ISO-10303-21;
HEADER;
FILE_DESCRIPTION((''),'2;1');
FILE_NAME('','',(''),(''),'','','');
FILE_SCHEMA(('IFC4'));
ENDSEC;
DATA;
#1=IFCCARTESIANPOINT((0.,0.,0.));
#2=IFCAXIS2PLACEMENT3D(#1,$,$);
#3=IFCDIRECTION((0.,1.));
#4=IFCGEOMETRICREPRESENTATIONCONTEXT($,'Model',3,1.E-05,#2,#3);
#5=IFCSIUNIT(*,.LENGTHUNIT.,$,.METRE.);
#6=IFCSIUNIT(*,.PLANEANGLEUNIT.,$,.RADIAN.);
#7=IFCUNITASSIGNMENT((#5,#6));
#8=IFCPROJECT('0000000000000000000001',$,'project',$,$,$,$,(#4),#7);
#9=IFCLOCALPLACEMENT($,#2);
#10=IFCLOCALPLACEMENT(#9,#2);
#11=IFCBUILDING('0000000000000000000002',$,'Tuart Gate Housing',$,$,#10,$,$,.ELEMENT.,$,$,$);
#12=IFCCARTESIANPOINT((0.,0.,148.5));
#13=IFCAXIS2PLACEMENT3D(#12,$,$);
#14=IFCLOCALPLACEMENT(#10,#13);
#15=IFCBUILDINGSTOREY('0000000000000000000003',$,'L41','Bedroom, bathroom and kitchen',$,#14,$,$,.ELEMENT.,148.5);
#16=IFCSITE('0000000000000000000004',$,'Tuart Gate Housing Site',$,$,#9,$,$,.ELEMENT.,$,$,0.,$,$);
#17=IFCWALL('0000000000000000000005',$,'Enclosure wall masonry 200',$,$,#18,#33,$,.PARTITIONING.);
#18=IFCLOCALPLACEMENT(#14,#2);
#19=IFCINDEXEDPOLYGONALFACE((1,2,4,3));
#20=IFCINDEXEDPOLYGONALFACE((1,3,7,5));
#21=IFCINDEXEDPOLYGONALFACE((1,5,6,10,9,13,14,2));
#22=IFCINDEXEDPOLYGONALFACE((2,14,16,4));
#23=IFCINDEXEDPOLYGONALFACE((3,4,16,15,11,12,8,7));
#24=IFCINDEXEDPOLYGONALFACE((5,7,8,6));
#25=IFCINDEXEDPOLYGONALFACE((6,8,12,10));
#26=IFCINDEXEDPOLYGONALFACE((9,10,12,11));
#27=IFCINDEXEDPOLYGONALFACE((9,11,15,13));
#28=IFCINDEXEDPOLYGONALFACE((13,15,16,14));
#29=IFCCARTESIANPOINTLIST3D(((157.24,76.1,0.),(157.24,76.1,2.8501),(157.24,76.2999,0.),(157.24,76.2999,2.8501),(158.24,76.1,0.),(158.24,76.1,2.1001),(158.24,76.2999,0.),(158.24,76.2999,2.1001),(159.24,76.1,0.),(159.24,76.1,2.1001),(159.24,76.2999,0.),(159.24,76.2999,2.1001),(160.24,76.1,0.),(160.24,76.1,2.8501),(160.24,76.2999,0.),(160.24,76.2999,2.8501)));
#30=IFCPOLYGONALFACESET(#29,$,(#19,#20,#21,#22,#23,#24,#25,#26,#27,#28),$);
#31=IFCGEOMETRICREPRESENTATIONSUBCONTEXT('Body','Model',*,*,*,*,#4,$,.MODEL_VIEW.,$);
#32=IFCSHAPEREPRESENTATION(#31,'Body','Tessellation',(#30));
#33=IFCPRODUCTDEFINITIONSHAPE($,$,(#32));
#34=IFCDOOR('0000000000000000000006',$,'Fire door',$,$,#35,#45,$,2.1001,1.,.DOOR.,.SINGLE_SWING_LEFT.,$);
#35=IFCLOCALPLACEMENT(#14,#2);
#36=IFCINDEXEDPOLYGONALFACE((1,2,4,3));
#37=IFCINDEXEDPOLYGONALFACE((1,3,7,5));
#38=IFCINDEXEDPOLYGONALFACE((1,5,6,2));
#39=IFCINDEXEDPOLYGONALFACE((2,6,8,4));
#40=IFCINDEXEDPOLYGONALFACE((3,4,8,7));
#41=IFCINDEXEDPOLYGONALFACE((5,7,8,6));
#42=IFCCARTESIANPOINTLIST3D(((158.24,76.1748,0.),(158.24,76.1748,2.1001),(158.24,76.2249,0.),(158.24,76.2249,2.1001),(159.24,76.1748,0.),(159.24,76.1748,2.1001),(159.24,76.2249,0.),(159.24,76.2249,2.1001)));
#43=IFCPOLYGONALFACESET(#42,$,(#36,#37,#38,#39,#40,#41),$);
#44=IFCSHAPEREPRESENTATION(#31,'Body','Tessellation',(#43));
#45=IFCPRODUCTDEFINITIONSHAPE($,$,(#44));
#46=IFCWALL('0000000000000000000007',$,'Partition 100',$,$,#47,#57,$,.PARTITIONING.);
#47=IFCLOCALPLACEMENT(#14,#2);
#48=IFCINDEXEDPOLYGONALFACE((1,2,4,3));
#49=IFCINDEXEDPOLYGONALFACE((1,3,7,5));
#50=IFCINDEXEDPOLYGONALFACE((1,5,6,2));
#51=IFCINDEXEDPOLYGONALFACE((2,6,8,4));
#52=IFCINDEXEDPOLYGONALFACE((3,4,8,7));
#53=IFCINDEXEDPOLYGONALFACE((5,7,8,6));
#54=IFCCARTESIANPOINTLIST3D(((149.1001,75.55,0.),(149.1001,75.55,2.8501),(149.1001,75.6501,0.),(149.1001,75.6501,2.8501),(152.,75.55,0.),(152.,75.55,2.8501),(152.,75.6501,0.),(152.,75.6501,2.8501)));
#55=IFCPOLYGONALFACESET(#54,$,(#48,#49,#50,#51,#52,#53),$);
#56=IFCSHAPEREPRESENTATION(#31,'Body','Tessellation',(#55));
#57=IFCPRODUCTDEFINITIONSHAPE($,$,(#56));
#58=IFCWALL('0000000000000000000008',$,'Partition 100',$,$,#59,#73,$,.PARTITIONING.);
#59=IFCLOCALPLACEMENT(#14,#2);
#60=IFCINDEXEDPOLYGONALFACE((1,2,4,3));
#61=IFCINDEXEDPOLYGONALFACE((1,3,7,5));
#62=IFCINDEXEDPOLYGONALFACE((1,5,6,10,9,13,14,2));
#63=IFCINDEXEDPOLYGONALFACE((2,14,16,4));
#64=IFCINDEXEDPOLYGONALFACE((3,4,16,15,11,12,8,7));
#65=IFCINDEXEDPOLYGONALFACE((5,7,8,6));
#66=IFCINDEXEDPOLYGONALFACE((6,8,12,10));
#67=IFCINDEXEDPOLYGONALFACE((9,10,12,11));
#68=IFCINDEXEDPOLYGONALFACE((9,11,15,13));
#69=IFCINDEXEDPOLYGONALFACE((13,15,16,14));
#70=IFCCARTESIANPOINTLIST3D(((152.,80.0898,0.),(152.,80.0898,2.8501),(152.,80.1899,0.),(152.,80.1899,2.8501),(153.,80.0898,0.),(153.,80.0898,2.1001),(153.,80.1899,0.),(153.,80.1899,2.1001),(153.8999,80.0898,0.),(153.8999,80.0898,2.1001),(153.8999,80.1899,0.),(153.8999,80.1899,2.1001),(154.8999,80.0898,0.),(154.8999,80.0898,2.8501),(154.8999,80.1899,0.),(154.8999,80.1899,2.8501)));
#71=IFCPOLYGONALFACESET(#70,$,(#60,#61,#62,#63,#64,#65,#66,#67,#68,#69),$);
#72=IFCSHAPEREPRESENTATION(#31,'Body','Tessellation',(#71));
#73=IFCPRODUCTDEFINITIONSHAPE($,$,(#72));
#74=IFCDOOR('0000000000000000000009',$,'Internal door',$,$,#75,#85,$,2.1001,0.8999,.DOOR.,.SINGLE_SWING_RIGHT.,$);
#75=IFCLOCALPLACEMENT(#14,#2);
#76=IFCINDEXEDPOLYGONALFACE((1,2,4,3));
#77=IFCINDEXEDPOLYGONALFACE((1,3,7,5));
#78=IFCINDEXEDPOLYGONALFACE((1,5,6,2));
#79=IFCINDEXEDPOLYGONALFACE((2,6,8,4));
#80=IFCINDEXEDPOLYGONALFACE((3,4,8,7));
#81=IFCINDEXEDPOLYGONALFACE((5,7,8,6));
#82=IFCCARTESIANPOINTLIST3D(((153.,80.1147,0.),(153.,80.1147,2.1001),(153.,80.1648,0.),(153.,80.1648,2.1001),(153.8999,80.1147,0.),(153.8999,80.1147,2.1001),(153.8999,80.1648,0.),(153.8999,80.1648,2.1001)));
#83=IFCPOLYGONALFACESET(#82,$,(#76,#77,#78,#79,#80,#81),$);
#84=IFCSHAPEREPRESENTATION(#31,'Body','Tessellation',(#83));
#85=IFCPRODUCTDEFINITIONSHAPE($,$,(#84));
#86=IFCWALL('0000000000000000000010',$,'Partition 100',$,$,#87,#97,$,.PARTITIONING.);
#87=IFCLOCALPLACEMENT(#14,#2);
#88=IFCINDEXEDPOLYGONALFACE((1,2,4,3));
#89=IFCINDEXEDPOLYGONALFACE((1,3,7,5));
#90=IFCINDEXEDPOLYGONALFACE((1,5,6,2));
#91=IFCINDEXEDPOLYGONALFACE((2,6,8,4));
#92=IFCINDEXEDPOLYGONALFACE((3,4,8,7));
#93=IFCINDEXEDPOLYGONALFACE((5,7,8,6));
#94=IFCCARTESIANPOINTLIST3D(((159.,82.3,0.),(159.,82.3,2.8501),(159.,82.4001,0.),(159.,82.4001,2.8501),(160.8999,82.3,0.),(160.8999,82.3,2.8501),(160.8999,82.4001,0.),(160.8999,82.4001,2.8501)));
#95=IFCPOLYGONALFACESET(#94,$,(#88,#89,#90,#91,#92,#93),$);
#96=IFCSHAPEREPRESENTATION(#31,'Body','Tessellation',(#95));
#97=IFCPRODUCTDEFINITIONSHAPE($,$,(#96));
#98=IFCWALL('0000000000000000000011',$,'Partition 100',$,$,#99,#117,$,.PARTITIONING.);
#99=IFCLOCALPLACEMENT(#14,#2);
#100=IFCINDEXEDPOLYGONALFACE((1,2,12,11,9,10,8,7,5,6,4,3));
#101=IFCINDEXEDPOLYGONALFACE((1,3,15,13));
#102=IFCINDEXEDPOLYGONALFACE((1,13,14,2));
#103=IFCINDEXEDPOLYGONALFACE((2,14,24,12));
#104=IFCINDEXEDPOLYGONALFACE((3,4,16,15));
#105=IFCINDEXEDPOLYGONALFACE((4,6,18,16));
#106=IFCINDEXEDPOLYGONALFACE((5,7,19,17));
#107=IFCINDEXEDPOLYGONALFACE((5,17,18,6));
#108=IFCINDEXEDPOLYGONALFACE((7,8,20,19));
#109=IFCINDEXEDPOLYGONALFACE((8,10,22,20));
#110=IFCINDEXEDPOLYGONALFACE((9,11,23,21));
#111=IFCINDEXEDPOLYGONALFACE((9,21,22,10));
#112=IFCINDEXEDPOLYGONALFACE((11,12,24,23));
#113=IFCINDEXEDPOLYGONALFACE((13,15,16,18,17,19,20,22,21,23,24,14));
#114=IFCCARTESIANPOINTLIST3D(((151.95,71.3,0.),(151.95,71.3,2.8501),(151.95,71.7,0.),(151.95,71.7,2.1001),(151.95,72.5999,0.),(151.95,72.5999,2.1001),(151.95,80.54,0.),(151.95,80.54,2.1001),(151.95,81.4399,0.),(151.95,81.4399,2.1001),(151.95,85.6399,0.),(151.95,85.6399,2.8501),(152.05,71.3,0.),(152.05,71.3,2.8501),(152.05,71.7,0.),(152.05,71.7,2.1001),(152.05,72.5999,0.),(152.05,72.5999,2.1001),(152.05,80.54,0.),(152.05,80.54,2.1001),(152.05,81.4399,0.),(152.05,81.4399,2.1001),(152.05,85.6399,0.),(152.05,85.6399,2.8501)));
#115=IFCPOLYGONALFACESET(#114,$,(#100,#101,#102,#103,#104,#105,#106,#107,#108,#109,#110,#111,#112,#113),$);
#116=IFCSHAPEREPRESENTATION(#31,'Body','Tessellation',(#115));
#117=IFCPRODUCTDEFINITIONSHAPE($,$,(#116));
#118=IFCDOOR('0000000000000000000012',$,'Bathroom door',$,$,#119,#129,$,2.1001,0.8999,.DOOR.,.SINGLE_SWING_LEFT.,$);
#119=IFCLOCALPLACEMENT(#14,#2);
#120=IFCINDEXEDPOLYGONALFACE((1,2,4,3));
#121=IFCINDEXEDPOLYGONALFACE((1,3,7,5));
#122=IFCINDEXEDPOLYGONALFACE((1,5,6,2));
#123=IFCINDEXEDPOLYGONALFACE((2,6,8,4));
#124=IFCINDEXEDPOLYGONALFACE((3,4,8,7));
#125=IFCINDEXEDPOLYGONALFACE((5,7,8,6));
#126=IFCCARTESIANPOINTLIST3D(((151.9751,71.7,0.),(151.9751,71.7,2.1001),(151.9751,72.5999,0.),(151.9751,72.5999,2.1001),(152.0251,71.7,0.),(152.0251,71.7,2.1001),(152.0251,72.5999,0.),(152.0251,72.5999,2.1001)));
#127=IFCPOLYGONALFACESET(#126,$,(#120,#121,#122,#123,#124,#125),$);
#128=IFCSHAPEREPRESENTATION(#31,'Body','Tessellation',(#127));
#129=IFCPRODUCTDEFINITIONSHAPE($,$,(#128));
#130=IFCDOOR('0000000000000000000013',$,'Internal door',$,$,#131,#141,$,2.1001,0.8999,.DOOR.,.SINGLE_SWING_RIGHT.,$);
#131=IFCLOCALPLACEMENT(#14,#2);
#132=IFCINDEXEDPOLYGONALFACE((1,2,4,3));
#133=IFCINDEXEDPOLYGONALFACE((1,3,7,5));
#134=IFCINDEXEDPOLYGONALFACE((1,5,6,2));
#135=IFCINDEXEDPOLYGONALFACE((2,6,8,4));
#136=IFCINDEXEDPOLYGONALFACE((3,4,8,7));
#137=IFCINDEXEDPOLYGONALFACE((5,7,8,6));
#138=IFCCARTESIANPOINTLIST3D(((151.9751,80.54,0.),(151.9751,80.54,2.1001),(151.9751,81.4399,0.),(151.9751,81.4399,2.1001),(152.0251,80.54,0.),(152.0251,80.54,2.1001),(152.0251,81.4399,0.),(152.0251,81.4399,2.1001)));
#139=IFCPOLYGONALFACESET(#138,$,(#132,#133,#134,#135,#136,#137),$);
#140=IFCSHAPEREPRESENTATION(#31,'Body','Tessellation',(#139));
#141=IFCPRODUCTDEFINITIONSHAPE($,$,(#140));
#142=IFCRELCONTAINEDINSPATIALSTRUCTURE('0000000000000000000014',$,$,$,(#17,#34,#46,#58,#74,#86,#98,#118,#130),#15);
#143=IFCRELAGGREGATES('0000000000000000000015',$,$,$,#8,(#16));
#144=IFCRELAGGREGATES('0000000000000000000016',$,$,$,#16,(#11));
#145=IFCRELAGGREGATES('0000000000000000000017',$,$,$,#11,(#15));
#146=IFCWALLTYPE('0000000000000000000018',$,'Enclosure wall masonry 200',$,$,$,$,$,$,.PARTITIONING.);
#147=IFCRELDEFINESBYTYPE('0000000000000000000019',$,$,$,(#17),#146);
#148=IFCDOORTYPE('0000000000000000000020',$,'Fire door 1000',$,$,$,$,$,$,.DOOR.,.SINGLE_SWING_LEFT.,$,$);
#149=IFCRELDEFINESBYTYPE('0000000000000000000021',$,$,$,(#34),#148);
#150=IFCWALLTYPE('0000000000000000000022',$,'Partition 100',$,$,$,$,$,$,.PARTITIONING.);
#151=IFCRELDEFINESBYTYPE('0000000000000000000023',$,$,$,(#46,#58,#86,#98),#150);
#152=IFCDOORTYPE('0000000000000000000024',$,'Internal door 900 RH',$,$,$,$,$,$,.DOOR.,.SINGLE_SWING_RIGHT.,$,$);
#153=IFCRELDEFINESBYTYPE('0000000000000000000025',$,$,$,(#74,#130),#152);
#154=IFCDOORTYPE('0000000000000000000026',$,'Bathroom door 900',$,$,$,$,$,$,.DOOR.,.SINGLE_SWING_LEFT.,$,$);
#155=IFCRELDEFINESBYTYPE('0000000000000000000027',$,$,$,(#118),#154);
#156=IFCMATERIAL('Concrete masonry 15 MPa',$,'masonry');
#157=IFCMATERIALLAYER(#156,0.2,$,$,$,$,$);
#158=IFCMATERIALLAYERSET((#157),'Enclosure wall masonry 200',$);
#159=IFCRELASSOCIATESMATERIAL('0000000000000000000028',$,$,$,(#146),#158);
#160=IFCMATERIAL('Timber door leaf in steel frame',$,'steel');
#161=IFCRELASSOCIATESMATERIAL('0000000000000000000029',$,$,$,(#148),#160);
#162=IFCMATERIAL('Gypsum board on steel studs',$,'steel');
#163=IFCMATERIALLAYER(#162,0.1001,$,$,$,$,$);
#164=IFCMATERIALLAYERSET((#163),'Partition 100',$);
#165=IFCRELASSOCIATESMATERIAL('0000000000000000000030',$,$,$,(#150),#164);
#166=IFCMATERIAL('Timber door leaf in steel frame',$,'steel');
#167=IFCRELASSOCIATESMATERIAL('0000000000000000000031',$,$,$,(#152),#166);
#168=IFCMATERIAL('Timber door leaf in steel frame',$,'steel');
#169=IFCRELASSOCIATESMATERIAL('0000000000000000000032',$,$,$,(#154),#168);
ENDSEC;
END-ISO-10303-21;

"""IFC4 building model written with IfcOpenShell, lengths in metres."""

from ifc_helpers import new_model, si_unit, direction, frame, frame_2d, origin, place, context, subcontext, project, spatial, rectangle, extrude, material, layer, layer_set, type_object, element, fill, save


model = new_model("IFC4")

# Units and contexts
model_context = context("Model", 3, precision=1e-05, world=origin(), true_north=direction((0.0, 1.0)))
body_context = subcontext(model_context, "Body", "Model", "MODEL_VIEW")
ifc_project = project(units=[si_unit("LENGTHUNIT", "METRE"), si_unit("PLANEANGLEUNIT", "RADIAN")], contexts=[model_context])

# Site, building, storey
site_placement = place(None, origin())
site = spatial("IfcSite", under=ifc_project, at=site_placement, Name="Tuart Gate Housing Site", CompositionType="ELEMENT", RefElevation=0.0)
building_placement = place(site_placement, origin())
building = spatial("IfcBuilding", under=site, at=building_placement, Name="Tuart Gate Housing", CompositionType="ELEMENT")
storey_placement = place(building_placement, frame((0.0, 0.0, 148.5)))
storey = spatial("IfcBuildingStorey", under=building, at=storey_placement, Name="L41", Description="Bedroom, bathroom and kitchen", CompositionType="ELEMENT", Elevation=148.5)

# Wall, opening, door
ifc_material_1 = material(Name="Concrete masonry 15 MPa", Category="masonry")
ifc_layer_1 = layer(ifc_material_1, 0.2)
ifc_layer_set_1 = layer_set([ifc_layer_1], Name="Enclosure wall masonry 200")
wall_type_1 = type_object("IfcWallType", Name="Enclosure wall masonry 200", PredefinedType="PARTITIONING", material=ifc_layer_set_1)
wall_1_placement = place(storey_placement, frame((157.24, 76.2, 0.0), z_axis=(0.0, 0.0, 1.0), x_axis=(1.0, 0.0, 0.0)))
wall_1 = element("IfcWall", 1, at=wall_1_placement, inside=storey, type_object=wall_type_1, Name="Enclosure wall masonry 200", PredefinedType="PARTITIONING", context=body_context, shape_type="SweptSolid", body=[
    extrude(rectangle(XDim=3.0, YDim=0.2, at=frame_2d((1.5, 0.0))), origin(), (0.0, 0.0, 1.0), 2.8501),
])
opening_1_placement = place(wall_1_placement, frame((1.0, 0.0, 0.0)))
opening_1 = element("IfcOpeningElement", 2, at=opening_1_placement, cuts=wall_1, PredefinedType="OPENING", context=body_context, shape_type="SweptSolid", body=[
    extrude(rectangle(XDim=1.0, YDim=2.1001, at=frame_2d((0.5, 1.05))), frame((0.0, 0.1099, 0.0), z_axis=(0.0, -1.0, 0.0), x_axis=(1.0, 0.0, 0.0)), (0.0, 0.0, 1.0), 0.22),
])
ifc_material_2 = material(Name="Timber door leaf in steel frame", Category="steel")
door_type_1 = type_object("IfcDoorType", Name="Fire door 1000", OperationType="SINGLE_SWING_LEFT", PredefinedType="DOOR", material=ifc_material_2)
door_1_placement = place(opening_1_placement, origin())
door_1 = element("IfcDoor", 3, at=door_1_placement, inside=storey, type_object=door_type_1, Name="Fire door", OperationType="SINGLE_SWING_LEFT", OverallHeight=2.1001, OverallWidth=1.0, PredefinedType="DOOR", context=body_context, shape_type="SweptSolid", body=[
    extrude(rectangle(XDim=1.0, YDim=2.1001, at=frame_2d((0.5, 1.05))), frame((0.0, 0.0249, 0.0), z_axis=(0.0, -1.0, 0.0), x_axis=(1.0, 0.0, 0.0)), (0.0, 0.0, 1.0), 0.05),
])
fill(opening_1, door_1)

# Wall
ifc_material_3 = material(Name="Gypsum board on steel studs", Category="steel")
ifc_layer_2 = layer(ifc_material_3, 0.1001)
ifc_layer_set_2 = layer_set([ifc_layer_2], Name="Partition 100")
wall_type_2 = type_object("IfcWallType", Name="Partition 100", PredefinedType="PARTITIONING", material=ifc_layer_set_2)
wall_2_placement = place(storey_placement, frame((149.1001, 75.6001, 0.0), z_axis=(0.0, 0.0, 1.0), x_axis=(1.0, 0.0, 0.0)))
element("IfcWall", 4, at=wall_2_placement, inside=storey, type_object=wall_type_2, Name="Partition 100", PredefinedType="PARTITIONING", context=body_context, shape_type="SweptSolid", body=[
    extrude(rectangle(XDim=2.8999, YDim=0.1001, at=frame_2d((1.45, 0.0))), origin(), (0.0, 0.0, 1.0), 2.8501),
])

# Wall, opening, door
wall_3_placement = place(storey_placement, frame((152.0, 80.1399, 0.0), z_axis=(0.0, 0.0, 1.0), x_axis=(1.0, 0.0, 0.0)))
wall_3 = element("IfcWall", 5, at=wall_3_placement, inside=storey, type_object=wall_type_2, Name="Partition 100", PredefinedType="PARTITIONING", context=body_context, shape_type="SweptSolid", body=[
    extrude(rectangle(XDim=2.8999, YDim=0.1001, at=frame_2d((1.45, 0.0))), origin(), (0.0, 0.0, 1.0), 2.8501),
])
opening_2_placement = place(wall_3_placement, frame((1.0, 0.0, 0.0)))
opening_2 = element("IfcOpeningElement", 6, at=opening_2_placement, cuts=wall_3, PredefinedType="OPENING", context=body_context, shape_type="SweptSolid", body=[
    extrude(rectangle(XDim=0.8999, YDim=2.1001, at=frame_2d((0.45, 1.05))), frame((0.0, 0.0601, 0.0), z_axis=(0.0, -1.0, 0.0), x_axis=(1.0, 0.0, 0.0)), (0.0, 0.0, 1.0), 0.1201),
])
ifc_material_4 = material(Name="Timber door leaf in steel frame", Category="steel")
door_type_2 = type_object("IfcDoorType", Name="Internal door 900 RH", OperationType="SINGLE_SWING_RIGHT", PredefinedType="DOOR", material=ifc_material_4)
door_2_placement = place(opening_2_placement, frame((0.8999, 0.0, 0.0), z_axis=(0.0, 0.0, 1.0), x_axis=(-1.0, 0.0, 0.0)))
door_2 = element("IfcDoor", 7, at=door_2_placement, inside=storey, type_object=door_type_2, Name="Internal door", OperationType="SINGLE_SWING_RIGHT", OverallHeight=2.1001, OverallWidth=0.8999, PredefinedType="DOOR", context=body_context, shape_type="SweptSolid", body=[
    extrude(rectangle(XDim=0.8999, YDim=2.1001, at=frame_2d((0.45, 1.05))), frame((0.0, 0.0251, 0.0), z_axis=(0.0, -1.0, 0.0), x_axis=(1.0, 0.0, 0.0)), (0.0, 0.0, 1.0), 0.05),
])
fill(opening_2, door_2)

# Wall
wall_4_placement = place(storey_placement, frame((159.0, 82.3501, 0.0), z_axis=(0.0, 0.0, 1.0), x_axis=(1.0, 0.0, 0.0)))
element("IfcWall", 8, at=wall_4_placement, inside=storey, type_object=wall_type_2, Name="Partition 100", PredefinedType="PARTITIONING", context=body_context, shape_type="SweptSolid", body=[
    extrude(rectangle(XDim=1.8999, YDim=0.1001, at=frame_2d((0.95, 0.0))), origin(), (0.0, 0.0, 1.0), 2.8501),
])

# Wall, openings, doors
wall_5_placement = place(storey_placement, frame((152.0, 71.3, 0.0), z_axis=(0.0, 0.0, 1.0), x_axis=(0.0, 1.0, 0.0)))
wall_5 = element("IfcWall", 9, at=wall_5_placement, inside=storey, type_object=wall_type_2, Name="Partition 100", PredefinedType="PARTITIONING", context=body_context, shape_type="SweptSolid", body=[
    extrude(rectangle(XDim=14.3398, YDim=0.1001, at=frame_2d((7.1699, 0.0))), origin(), (0.0, 0.0, 1.0), 2.8501),
])
opening_3_placement = place(wall_5_placement, frame((9.24, 0.0, 0.0)))
opening_3 = element("IfcOpeningElement", 10, at=opening_3_placement, cuts=wall_5, PredefinedType="OPENING", context=body_context, shape_type="SweptSolid", body=[
    extrude(rectangle(XDim=0.8999, YDim=2.1001, at=frame_2d((0.45, 1.05))), frame((0.0, 0.0601, 0.0), z_axis=(0.0, -1.0, 0.0), x_axis=(1.0, 0.0, 0.0)), (0.0, 0.0, 1.0), 0.1201),
])
opening_4_placement = place(wall_5_placement, frame((0.3999, 0.0, 0.0)))
opening_4 = element("IfcOpeningElement", 11, at=opening_4_placement, cuts=wall_5, PredefinedType="OPENING", context=body_context, shape_type="SweptSolid", body=[
    extrude(rectangle(XDim=0.8999, YDim=2.1001, at=frame_2d((0.45, 1.05))), frame((0.0, 0.0601, 0.0), z_axis=(0.0, -1.0, 0.0), x_axis=(1.0, 0.0, 0.0)), (0.0, 0.0, 1.0), 0.1201),
])
ifc_material_5 = material(Name="Timber door leaf in steel frame", Category="steel")
door_type_3 = type_object("IfcDoorType", Name="Bathroom door 900", OperationType="SINGLE_SWING_LEFT", PredefinedType="DOOR", material=ifc_material_5)
door_3_placement = place(opening_4_placement, origin())
door_3 = element("IfcDoor", 12, at=door_3_placement, inside=storey, type_object=door_type_3, Name="Bathroom door", OperationType="SINGLE_SWING_LEFT", OverallHeight=2.1001, OverallWidth=0.8999, PredefinedType="DOOR", context=body_context, shape_type="SweptSolid", body=[
    extrude(rectangle(XDim=0.8999, YDim=2.1001, at=frame_2d((0.45, 1.05))), frame((0.0, 0.0249, 0.0), z_axis=(0.0, -1.0, 0.0), x_axis=(1.0, 0.0, 0.0)), (0.0, 0.0, 1.0), 0.05),
])
fill(opening_4, door_3)
door_4_placement = place(opening_3_placement, origin())
door_4 = element("IfcDoor", 13, at=door_4_placement, inside=storey, type_object=door_type_2, Name="Internal door", OperationType="SINGLE_SWING_RIGHT", OverallHeight=2.1001, OverallWidth=0.8999, PredefinedType="DOOR", context=body_context, shape_type="SweptSolid", body=[
    extrude(rectangle(XDim=0.8999, YDim=2.1001, at=frame_2d((0.45, 1.05))), frame((0.0, 0.0249, 0.0), z_axis=(0.0, -1.0, 0.0), x_axis=(1.0, 0.0, 0.0)), (0.0, 0.0, 1.0), 0.05),
])
fill(opening_3, door_4)

save(model, "model.ifc")
